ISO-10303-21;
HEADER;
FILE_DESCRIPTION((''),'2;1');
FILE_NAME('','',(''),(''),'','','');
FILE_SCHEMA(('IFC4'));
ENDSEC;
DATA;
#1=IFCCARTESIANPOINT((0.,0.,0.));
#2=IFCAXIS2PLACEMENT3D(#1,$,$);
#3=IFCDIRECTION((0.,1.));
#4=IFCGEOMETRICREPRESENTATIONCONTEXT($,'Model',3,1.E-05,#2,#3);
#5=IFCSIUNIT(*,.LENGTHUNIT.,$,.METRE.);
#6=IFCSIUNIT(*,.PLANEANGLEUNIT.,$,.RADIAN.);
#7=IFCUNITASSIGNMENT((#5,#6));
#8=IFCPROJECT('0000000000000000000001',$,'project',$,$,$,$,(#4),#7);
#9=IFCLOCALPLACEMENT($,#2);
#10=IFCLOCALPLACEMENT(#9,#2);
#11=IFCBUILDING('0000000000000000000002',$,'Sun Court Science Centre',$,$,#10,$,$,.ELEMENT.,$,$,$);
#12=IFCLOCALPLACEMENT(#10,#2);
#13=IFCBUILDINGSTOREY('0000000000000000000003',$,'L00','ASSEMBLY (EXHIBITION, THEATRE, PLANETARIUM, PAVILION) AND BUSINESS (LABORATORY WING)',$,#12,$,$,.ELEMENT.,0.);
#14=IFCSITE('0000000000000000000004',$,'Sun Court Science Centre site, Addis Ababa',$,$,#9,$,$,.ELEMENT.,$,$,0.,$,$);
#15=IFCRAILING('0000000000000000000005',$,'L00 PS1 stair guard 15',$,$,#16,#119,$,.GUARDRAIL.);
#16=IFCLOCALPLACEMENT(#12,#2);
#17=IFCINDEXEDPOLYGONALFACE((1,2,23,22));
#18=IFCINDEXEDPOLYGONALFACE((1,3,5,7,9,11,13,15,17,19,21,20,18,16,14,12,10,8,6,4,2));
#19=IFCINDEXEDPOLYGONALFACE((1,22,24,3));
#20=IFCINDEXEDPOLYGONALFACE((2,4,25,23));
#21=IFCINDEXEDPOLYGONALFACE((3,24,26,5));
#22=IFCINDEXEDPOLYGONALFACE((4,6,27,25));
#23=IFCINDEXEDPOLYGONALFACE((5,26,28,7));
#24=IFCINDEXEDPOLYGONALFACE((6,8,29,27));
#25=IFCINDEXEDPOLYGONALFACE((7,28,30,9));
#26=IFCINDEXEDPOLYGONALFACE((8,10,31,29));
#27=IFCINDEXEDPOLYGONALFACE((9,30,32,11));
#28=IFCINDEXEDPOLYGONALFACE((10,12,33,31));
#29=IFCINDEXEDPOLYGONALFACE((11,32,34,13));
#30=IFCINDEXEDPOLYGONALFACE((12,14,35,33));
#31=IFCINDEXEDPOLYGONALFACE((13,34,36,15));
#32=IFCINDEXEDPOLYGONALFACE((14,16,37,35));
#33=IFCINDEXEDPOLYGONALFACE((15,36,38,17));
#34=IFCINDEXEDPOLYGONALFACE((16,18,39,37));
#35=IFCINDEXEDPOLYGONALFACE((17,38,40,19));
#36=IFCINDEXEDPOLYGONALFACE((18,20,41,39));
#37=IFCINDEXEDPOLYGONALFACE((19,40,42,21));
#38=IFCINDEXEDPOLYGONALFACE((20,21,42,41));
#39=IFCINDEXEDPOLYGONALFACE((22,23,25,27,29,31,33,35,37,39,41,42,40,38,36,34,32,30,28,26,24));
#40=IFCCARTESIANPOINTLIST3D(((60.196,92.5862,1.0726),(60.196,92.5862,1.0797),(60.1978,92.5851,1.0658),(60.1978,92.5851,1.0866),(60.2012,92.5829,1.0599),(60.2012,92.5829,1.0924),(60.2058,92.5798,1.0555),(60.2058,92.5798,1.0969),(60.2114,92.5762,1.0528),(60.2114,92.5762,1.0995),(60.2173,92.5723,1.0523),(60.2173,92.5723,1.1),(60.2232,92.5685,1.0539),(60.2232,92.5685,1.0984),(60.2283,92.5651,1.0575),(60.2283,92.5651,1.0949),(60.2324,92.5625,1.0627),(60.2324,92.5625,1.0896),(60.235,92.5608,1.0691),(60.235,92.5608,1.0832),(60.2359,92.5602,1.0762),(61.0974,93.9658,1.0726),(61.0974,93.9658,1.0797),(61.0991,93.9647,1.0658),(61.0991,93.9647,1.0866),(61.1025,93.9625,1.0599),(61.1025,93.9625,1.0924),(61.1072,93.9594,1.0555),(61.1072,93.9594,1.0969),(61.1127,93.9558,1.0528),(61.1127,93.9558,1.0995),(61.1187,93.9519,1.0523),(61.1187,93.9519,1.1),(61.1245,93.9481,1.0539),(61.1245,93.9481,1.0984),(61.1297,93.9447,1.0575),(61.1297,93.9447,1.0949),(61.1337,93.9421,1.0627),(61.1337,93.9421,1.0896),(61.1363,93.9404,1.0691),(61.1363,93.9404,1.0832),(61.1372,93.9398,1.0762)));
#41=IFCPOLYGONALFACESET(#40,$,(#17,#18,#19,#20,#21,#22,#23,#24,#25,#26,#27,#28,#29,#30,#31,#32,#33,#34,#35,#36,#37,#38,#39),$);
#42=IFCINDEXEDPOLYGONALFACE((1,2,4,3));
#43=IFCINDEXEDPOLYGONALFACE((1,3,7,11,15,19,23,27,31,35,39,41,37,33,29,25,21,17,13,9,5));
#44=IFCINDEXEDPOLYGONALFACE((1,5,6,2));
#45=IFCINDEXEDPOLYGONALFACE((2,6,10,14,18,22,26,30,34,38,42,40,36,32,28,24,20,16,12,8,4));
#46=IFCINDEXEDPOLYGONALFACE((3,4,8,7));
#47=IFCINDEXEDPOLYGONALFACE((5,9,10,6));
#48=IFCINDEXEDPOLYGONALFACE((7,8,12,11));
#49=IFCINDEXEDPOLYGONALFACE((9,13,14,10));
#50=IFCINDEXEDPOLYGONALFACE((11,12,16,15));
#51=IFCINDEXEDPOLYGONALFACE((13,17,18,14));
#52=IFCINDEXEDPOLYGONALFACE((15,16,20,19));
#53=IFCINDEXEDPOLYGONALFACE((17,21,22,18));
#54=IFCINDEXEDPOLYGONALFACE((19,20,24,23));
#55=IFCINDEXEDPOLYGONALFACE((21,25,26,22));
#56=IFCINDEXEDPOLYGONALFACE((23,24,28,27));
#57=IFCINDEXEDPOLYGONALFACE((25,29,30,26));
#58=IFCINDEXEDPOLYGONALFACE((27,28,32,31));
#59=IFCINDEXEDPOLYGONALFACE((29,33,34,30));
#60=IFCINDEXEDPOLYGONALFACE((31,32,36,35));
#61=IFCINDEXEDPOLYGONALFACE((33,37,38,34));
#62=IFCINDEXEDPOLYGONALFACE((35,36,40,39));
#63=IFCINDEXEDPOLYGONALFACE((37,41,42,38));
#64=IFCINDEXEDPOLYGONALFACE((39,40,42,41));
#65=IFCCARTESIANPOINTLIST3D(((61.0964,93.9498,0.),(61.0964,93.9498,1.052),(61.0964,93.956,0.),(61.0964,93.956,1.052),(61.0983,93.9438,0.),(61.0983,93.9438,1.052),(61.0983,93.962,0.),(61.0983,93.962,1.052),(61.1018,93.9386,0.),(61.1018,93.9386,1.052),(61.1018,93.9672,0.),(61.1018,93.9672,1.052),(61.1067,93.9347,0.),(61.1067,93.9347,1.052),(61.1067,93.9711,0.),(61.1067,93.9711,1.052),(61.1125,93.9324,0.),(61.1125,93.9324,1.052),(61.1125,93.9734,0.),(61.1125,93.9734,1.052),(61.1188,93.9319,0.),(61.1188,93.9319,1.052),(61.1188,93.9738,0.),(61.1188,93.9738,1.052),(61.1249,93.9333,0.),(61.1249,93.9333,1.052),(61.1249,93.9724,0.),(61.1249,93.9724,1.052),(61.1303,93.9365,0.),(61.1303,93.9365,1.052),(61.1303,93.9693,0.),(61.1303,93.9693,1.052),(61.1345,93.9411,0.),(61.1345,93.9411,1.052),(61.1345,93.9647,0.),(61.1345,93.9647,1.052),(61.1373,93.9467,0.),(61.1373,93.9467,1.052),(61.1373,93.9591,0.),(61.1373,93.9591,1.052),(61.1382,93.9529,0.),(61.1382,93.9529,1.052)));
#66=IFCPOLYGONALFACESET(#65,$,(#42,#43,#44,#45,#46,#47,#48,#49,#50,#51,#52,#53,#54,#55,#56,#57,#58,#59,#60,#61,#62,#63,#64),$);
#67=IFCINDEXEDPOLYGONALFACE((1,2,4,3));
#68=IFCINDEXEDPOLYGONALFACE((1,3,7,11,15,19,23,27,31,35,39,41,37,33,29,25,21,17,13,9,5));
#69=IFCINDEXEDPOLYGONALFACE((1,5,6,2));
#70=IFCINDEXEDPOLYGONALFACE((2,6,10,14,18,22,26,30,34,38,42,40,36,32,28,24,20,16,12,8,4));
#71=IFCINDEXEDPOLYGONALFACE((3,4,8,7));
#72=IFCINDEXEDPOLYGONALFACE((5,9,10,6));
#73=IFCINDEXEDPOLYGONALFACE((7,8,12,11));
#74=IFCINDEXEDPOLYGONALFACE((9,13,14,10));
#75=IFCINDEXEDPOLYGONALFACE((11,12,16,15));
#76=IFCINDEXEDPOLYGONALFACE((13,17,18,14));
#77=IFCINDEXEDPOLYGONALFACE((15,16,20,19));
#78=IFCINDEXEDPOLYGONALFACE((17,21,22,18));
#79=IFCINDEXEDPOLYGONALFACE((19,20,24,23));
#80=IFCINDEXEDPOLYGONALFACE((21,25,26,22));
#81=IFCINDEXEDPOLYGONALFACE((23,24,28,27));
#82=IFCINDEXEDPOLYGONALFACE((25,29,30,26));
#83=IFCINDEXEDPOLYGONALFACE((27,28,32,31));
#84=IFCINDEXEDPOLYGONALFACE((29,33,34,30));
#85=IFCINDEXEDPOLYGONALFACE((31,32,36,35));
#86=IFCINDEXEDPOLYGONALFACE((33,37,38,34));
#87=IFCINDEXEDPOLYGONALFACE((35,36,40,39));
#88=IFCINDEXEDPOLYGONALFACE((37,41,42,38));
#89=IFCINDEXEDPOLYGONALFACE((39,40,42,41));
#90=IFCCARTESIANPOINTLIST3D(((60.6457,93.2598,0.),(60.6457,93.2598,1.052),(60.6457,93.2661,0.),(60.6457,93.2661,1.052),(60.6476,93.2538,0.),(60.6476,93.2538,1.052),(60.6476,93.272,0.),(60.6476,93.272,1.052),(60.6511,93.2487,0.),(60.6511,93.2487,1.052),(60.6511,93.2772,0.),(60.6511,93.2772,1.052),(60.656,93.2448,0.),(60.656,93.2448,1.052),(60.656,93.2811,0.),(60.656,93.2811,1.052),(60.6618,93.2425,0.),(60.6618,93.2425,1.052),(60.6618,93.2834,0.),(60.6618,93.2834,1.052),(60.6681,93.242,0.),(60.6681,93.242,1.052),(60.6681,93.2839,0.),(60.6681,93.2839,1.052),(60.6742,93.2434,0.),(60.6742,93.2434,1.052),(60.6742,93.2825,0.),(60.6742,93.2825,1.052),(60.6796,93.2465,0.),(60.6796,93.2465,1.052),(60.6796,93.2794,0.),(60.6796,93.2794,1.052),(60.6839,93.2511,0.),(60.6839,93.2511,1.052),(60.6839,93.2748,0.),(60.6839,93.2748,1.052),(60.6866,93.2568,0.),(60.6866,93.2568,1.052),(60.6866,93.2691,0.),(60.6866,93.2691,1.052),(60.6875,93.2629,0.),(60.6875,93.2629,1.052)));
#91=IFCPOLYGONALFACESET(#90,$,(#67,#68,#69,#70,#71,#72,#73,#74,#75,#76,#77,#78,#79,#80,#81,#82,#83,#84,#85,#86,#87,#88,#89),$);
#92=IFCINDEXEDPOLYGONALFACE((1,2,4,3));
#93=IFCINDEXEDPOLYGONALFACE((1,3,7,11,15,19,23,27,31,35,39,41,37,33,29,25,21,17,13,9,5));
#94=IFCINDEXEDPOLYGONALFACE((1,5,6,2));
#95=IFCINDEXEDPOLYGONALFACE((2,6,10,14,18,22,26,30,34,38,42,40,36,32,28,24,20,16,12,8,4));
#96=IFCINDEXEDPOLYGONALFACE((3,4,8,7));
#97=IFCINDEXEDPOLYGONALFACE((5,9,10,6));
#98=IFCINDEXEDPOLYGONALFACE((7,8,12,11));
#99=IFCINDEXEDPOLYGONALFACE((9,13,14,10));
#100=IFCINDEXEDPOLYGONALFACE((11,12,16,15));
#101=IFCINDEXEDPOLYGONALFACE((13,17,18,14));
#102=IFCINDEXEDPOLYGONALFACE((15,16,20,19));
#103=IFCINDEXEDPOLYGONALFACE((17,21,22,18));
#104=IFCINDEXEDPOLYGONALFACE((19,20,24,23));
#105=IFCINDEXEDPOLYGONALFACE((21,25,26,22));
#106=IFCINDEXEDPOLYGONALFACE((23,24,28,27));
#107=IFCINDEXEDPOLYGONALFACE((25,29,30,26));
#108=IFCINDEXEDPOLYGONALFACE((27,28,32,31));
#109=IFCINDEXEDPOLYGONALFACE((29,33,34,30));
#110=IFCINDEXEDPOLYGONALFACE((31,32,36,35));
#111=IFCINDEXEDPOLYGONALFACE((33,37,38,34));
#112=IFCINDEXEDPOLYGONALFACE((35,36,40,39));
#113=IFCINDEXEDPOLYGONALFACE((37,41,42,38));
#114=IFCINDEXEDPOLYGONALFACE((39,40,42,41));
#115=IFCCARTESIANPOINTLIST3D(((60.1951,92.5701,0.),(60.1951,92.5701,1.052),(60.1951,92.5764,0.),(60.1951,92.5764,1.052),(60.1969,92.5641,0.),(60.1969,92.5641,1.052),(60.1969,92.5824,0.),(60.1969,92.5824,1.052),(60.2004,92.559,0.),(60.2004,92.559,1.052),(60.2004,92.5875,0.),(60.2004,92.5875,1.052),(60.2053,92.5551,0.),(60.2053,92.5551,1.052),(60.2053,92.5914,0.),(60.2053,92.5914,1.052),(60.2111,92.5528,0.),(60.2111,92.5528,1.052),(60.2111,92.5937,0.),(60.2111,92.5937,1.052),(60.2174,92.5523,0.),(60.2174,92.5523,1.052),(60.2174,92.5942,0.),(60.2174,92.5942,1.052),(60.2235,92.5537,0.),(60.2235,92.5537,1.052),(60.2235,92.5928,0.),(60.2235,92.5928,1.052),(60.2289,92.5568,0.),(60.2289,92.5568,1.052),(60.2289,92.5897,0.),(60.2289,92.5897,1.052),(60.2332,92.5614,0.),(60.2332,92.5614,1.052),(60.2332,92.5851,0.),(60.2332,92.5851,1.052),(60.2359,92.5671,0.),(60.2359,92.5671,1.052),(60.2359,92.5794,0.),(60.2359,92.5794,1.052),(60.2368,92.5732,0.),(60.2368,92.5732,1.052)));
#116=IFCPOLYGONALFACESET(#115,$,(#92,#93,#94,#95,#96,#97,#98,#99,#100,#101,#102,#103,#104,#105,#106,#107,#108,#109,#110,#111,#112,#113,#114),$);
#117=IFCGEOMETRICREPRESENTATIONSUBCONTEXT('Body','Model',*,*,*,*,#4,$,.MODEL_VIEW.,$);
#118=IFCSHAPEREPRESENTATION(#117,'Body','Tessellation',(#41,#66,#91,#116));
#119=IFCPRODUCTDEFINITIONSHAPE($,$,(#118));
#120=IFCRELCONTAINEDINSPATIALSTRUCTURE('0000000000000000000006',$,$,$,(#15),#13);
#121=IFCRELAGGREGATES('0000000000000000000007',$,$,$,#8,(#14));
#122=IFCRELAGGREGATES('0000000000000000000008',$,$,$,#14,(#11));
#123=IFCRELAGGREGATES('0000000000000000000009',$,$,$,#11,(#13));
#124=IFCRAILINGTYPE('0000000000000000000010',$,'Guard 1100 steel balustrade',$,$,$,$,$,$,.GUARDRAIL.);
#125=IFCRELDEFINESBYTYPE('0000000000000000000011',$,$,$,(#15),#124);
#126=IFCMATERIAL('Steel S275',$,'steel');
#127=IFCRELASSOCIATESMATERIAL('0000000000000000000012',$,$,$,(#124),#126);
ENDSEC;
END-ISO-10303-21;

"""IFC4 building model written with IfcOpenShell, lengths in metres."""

from ifc_helpers import new_model, si_unit, direction, frame, origin, origin_2d, place, context, subcontext, project, spatial, circle, extrude, material, type_object, element, save


model = new_model("IFC4")

# Units and contexts
model_context = context("Model", 3, precision=1e-05, world=origin(), true_north=direction((0.0, 1.0)))
body_context = subcontext(model_context, "Body", "Model", "MODEL_VIEW")
ifc_project = project(units=[si_unit("LENGTHUNIT", "METRE"), si_unit("PLANEANGLEUNIT", "RADIAN")], contexts=[model_context])

# Site, building, storey
site_placement = place(None, origin())
site = spatial("IfcSite", under=ifc_project, at=site_placement, Name="Sun Court Science Centre site, Addis Ababa", CompositionType="ELEMENT", RefElevation=0.0)
building_placement = place(site_placement, origin())
building = spatial("IfcBuilding", under=site, at=building_placement, Name="Sun Court Science Centre", CompositionType="ELEMENT")
storey_placement = place(building_placement, origin())
storey = spatial("IfcBuildingStorey", under=building, at=storey_placement, Name="L00", Description="ASSEMBLY (EXHIBITION, THEATRE, PLANETARIUM, PAVILION) AND BUSINESS (LABORATORY WING)", CompositionType="ELEMENT", Elevation=0.0)

# Railing
ifc_material_1 = material(Name="Steel S275", Category="steel")
railing_type = type_object("IfcRailingType", Name="Guard 1100 steel balustrade", PredefinedType="GUARDRAIL", material=ifc_material_1)
railing_1_placement = place(storey_placement, frame((61.1172, 93.9529, 0.0)))
element("IfcRailing", 1, at=railing_1_placement, inside=storey, type_object=railing_type, Name="L00 PS1 stair guard 15", PredefinedType="GUARDRAIL", context=body_context, shape_type="SweptSolid", body=[
    extrude(circle(Radius=0.0239, at=origin_2d()), frame((0.0, 0.0, 1.0762), z_axis=(-0.54695, -0.837165, 0.0), x_axis=(0.837165, -0.54695, 0.0)), (0.0, 0.0, 1.0), 1.6479),
    extrude(circle(Radius=0.021, at=origin_2d()), origin(), (0.0, 0.0, 1.0), 1.052),
    extrude(circle(Radius=0.021, at=origin_2d()), frame((-0.4507, -0.6899, 0.0)), (0.0, 0.0, 1.0), 1.052),
    extrude(circle(Radius=0.021, at=origin_2d()), frame((-0.9014, -1.3796, 0.0)), (0.0, 0.0, 1.0), 1.052),
])

save(model, "model.ifc")
